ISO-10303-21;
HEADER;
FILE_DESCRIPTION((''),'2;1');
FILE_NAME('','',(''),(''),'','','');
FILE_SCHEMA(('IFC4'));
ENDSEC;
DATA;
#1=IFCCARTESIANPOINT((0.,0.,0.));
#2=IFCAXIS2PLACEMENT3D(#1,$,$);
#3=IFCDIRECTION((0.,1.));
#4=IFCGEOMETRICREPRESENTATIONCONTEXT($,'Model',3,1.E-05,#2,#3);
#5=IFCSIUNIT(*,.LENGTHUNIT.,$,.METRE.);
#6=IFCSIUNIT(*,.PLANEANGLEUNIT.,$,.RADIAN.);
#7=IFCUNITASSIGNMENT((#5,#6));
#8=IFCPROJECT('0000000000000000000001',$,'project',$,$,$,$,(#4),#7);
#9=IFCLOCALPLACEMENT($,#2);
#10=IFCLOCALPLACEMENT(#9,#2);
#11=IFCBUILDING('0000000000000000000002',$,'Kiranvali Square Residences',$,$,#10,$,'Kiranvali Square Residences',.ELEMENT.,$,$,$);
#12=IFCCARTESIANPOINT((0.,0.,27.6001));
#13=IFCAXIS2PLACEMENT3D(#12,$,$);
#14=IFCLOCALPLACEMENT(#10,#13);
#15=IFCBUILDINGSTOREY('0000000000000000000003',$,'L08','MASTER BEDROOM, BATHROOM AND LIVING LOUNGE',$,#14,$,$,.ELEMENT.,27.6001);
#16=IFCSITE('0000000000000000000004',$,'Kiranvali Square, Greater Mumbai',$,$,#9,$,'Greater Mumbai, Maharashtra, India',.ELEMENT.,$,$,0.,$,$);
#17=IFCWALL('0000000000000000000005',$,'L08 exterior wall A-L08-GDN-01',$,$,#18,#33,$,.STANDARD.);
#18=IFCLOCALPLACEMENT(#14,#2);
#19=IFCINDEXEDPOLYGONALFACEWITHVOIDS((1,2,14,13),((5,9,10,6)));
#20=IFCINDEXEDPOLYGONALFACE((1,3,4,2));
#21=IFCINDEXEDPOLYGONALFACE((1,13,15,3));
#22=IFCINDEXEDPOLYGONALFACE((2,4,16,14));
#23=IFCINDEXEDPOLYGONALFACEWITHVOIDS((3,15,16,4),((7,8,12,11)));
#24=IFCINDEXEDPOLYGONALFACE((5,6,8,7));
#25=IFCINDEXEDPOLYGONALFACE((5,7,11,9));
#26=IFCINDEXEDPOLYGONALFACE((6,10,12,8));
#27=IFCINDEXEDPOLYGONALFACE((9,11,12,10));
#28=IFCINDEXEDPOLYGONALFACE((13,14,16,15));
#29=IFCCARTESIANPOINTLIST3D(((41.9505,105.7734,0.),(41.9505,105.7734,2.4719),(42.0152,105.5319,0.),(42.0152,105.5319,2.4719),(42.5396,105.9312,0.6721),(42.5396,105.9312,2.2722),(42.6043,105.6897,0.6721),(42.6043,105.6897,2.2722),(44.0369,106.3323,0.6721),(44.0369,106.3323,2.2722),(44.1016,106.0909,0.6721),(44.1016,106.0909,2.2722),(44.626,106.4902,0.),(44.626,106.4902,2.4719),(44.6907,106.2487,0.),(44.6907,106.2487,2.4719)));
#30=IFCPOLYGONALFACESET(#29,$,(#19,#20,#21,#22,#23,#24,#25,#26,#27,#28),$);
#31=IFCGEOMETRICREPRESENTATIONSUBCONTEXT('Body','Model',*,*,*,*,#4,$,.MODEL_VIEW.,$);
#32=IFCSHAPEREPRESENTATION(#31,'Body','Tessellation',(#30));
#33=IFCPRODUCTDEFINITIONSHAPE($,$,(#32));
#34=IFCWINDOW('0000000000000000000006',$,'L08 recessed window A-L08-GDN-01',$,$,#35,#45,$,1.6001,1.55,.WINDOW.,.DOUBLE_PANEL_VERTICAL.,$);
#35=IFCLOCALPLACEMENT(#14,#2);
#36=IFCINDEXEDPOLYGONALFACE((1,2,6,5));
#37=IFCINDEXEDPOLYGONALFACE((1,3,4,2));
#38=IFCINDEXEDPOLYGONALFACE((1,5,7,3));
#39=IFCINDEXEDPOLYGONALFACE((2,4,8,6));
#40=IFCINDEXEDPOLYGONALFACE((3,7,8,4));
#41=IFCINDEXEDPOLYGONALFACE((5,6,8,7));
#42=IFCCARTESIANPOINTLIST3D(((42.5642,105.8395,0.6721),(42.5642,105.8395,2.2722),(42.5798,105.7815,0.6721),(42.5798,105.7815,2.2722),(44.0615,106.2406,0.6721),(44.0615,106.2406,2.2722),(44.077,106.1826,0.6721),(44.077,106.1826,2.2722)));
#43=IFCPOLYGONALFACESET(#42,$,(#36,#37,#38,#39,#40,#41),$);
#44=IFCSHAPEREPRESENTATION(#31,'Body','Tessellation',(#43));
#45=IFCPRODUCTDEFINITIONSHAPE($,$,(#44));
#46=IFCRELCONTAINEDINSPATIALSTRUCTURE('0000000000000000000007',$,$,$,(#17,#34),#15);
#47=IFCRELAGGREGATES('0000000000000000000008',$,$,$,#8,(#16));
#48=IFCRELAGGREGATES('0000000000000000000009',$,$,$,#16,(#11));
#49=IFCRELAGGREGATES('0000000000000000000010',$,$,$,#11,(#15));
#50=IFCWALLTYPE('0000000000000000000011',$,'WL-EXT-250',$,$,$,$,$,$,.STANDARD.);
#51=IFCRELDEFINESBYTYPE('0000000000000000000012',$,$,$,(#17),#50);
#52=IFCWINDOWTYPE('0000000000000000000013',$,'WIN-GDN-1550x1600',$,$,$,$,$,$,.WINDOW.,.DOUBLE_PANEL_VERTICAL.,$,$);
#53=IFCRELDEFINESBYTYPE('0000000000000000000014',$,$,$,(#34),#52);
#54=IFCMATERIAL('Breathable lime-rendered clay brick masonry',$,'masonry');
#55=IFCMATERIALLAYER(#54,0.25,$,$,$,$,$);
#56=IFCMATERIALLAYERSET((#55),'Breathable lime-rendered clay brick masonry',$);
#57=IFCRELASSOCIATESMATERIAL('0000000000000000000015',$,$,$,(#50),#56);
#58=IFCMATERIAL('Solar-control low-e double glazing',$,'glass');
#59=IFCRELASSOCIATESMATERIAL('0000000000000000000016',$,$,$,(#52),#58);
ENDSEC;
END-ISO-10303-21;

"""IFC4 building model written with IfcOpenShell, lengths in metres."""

from ifc_helpers import new_model, si_unit, direction, frame, frame_2d, origin, place, context, subcontext, project, spatial, rectangle, extrude, material, layer, layer_set, type_object, element, fill, save


model = new_model("IFC4")

# Units and contexts
model_context = context("Model", 3, precision=1e-05, world=origin(), true_north=direction((0.0, 1.0)))
body_context = subcontext(model_context, "Body", "Model", "MODEL_VIEW")
ifc_project = project(units=[si_unit("LENGTHUNIT", "METRE"), si_unit("PLANEANGLEUNIT", "RADIAN")], contexts=[model_context])

# Site, building, storey
site_placement = place(None, origin())
site = spatial("IfcSite", under=ifc_project, at=site_placement, Name="Kiranvali Square, Greater Mumbai", LongName="Greater Mumbai, Maharashtra, India", CompositionType="ELEMENT", RefElevation=0.0)
building_placement = place(site_placement, origin())
building = spatial("IfcBuilding", under=site, at=building_placement, Name="Kiranvali Square Residences", LongName="Kiranvali Square Residences", CompositionType="ELEMENT")
storey_placement = place(building_placement, frame((0.0, 0.0, 27.6001)))
storey = spatial("IfcBuildingStorey", under=building, at=storey_placement, Name="L08", Description="MASTER BEDROOM, BATHROOM AND LIVING LOUNGE", CompositionType="ELEMENT", Elevation=27.6001)

# Wall, opening, window
ifc_material_1 = material(Name="Breathable lime-rendered clay brick masonry", Category="masonry")
ifc_layer_1 = layer(ifc_material_1, 0.25)
ifc_layer_set_1 = layer_set([ifc_layer_1], Name="Breathable lime-rendered clay brick masonry")
wall_type_1 = type_object("IfcWallType", Name="WL-EXT-250", PredefinedType="STANDARD", material=ifc_layer_set_1)
wall_1_placement = place(storey_placement, frame((44.6582, 106.3694, 0.0), z_axis=(0.0, 0.0, 1.0), x_axis=(-0.965936, -0.258782, 0.0)))
wall_1 = element("IfcWall", 1, at=wall_1_placement, inside=storey, type_object=wall_type_1, Name="L08 exterior wall A-L08-GDN-01", PredefinedType="STANDARD", context=body_context, shape_type="SweptSolid", body=[
    extrude(rectangle(XDim=2.7698, YDim=0.25, at=frame_2d((1.3848, 0.0))), origin(), (0.0, 0.0, 1.0), 2.4719),
])
opening_1_placement = place(wall_1_placement, frame((0.6099, 0.0, 0.6721)))
opening_1 = element("IfcOpeningElement", 2, at=opening_1_placement, cuts=wall_1, PredefinedType="OPENING", context=body_context, shape_type="SweptSolid", body=[
    extrude(rectangle(XDim=1.55, YDim=1.6001, at=frame_2d((0.7749, 0.8))), frame((0.0, 0.135, 0.0), z_axis=(0.0, -1.0, 0.0), x_axis=(1.0, 0.0, 0.0)), (0.0, 0.0, 1.0), 0.27),
])
ifc_material_2 = material(Name="Solar-control low-e double glazing", Category="glass")
window_type = type_object("IfcWindowType", Name="WIN-GDN-1550x1600", PartitioningType="DOUBLE_PANEL_VERTICAL", PredefinedType="WINDOW", material=ifc_material_2)
window_placement = place(opening_1_placement, origin())
window = element("IfcWindow", 3, at=window_placement, inside=storey, type_object=window_type, Name="L08 recessed window A-L08-GDN-01", OverallHeight=1.6001, OverallWidth=1.55, PartitioningType="DOUBLE_PANEL_VERTICAL", PredefinedType="WINDOW", context=body_context, shape_type="SweptSolid", body=[
    extrude(rectangle(XDim=1.55, YDim=1.6001, at=frame_2d((0.7749, 0.8))), frame((0.0, 0.03, 0.0), z_axis=(0.0, -1.0, 0.0), x_axis=(1.0, 0.0, 0.0)), (0.0, 0.0, 1.0), 0.0601),
])
fill(opening_1, window)

save(model, "model.ifc")
